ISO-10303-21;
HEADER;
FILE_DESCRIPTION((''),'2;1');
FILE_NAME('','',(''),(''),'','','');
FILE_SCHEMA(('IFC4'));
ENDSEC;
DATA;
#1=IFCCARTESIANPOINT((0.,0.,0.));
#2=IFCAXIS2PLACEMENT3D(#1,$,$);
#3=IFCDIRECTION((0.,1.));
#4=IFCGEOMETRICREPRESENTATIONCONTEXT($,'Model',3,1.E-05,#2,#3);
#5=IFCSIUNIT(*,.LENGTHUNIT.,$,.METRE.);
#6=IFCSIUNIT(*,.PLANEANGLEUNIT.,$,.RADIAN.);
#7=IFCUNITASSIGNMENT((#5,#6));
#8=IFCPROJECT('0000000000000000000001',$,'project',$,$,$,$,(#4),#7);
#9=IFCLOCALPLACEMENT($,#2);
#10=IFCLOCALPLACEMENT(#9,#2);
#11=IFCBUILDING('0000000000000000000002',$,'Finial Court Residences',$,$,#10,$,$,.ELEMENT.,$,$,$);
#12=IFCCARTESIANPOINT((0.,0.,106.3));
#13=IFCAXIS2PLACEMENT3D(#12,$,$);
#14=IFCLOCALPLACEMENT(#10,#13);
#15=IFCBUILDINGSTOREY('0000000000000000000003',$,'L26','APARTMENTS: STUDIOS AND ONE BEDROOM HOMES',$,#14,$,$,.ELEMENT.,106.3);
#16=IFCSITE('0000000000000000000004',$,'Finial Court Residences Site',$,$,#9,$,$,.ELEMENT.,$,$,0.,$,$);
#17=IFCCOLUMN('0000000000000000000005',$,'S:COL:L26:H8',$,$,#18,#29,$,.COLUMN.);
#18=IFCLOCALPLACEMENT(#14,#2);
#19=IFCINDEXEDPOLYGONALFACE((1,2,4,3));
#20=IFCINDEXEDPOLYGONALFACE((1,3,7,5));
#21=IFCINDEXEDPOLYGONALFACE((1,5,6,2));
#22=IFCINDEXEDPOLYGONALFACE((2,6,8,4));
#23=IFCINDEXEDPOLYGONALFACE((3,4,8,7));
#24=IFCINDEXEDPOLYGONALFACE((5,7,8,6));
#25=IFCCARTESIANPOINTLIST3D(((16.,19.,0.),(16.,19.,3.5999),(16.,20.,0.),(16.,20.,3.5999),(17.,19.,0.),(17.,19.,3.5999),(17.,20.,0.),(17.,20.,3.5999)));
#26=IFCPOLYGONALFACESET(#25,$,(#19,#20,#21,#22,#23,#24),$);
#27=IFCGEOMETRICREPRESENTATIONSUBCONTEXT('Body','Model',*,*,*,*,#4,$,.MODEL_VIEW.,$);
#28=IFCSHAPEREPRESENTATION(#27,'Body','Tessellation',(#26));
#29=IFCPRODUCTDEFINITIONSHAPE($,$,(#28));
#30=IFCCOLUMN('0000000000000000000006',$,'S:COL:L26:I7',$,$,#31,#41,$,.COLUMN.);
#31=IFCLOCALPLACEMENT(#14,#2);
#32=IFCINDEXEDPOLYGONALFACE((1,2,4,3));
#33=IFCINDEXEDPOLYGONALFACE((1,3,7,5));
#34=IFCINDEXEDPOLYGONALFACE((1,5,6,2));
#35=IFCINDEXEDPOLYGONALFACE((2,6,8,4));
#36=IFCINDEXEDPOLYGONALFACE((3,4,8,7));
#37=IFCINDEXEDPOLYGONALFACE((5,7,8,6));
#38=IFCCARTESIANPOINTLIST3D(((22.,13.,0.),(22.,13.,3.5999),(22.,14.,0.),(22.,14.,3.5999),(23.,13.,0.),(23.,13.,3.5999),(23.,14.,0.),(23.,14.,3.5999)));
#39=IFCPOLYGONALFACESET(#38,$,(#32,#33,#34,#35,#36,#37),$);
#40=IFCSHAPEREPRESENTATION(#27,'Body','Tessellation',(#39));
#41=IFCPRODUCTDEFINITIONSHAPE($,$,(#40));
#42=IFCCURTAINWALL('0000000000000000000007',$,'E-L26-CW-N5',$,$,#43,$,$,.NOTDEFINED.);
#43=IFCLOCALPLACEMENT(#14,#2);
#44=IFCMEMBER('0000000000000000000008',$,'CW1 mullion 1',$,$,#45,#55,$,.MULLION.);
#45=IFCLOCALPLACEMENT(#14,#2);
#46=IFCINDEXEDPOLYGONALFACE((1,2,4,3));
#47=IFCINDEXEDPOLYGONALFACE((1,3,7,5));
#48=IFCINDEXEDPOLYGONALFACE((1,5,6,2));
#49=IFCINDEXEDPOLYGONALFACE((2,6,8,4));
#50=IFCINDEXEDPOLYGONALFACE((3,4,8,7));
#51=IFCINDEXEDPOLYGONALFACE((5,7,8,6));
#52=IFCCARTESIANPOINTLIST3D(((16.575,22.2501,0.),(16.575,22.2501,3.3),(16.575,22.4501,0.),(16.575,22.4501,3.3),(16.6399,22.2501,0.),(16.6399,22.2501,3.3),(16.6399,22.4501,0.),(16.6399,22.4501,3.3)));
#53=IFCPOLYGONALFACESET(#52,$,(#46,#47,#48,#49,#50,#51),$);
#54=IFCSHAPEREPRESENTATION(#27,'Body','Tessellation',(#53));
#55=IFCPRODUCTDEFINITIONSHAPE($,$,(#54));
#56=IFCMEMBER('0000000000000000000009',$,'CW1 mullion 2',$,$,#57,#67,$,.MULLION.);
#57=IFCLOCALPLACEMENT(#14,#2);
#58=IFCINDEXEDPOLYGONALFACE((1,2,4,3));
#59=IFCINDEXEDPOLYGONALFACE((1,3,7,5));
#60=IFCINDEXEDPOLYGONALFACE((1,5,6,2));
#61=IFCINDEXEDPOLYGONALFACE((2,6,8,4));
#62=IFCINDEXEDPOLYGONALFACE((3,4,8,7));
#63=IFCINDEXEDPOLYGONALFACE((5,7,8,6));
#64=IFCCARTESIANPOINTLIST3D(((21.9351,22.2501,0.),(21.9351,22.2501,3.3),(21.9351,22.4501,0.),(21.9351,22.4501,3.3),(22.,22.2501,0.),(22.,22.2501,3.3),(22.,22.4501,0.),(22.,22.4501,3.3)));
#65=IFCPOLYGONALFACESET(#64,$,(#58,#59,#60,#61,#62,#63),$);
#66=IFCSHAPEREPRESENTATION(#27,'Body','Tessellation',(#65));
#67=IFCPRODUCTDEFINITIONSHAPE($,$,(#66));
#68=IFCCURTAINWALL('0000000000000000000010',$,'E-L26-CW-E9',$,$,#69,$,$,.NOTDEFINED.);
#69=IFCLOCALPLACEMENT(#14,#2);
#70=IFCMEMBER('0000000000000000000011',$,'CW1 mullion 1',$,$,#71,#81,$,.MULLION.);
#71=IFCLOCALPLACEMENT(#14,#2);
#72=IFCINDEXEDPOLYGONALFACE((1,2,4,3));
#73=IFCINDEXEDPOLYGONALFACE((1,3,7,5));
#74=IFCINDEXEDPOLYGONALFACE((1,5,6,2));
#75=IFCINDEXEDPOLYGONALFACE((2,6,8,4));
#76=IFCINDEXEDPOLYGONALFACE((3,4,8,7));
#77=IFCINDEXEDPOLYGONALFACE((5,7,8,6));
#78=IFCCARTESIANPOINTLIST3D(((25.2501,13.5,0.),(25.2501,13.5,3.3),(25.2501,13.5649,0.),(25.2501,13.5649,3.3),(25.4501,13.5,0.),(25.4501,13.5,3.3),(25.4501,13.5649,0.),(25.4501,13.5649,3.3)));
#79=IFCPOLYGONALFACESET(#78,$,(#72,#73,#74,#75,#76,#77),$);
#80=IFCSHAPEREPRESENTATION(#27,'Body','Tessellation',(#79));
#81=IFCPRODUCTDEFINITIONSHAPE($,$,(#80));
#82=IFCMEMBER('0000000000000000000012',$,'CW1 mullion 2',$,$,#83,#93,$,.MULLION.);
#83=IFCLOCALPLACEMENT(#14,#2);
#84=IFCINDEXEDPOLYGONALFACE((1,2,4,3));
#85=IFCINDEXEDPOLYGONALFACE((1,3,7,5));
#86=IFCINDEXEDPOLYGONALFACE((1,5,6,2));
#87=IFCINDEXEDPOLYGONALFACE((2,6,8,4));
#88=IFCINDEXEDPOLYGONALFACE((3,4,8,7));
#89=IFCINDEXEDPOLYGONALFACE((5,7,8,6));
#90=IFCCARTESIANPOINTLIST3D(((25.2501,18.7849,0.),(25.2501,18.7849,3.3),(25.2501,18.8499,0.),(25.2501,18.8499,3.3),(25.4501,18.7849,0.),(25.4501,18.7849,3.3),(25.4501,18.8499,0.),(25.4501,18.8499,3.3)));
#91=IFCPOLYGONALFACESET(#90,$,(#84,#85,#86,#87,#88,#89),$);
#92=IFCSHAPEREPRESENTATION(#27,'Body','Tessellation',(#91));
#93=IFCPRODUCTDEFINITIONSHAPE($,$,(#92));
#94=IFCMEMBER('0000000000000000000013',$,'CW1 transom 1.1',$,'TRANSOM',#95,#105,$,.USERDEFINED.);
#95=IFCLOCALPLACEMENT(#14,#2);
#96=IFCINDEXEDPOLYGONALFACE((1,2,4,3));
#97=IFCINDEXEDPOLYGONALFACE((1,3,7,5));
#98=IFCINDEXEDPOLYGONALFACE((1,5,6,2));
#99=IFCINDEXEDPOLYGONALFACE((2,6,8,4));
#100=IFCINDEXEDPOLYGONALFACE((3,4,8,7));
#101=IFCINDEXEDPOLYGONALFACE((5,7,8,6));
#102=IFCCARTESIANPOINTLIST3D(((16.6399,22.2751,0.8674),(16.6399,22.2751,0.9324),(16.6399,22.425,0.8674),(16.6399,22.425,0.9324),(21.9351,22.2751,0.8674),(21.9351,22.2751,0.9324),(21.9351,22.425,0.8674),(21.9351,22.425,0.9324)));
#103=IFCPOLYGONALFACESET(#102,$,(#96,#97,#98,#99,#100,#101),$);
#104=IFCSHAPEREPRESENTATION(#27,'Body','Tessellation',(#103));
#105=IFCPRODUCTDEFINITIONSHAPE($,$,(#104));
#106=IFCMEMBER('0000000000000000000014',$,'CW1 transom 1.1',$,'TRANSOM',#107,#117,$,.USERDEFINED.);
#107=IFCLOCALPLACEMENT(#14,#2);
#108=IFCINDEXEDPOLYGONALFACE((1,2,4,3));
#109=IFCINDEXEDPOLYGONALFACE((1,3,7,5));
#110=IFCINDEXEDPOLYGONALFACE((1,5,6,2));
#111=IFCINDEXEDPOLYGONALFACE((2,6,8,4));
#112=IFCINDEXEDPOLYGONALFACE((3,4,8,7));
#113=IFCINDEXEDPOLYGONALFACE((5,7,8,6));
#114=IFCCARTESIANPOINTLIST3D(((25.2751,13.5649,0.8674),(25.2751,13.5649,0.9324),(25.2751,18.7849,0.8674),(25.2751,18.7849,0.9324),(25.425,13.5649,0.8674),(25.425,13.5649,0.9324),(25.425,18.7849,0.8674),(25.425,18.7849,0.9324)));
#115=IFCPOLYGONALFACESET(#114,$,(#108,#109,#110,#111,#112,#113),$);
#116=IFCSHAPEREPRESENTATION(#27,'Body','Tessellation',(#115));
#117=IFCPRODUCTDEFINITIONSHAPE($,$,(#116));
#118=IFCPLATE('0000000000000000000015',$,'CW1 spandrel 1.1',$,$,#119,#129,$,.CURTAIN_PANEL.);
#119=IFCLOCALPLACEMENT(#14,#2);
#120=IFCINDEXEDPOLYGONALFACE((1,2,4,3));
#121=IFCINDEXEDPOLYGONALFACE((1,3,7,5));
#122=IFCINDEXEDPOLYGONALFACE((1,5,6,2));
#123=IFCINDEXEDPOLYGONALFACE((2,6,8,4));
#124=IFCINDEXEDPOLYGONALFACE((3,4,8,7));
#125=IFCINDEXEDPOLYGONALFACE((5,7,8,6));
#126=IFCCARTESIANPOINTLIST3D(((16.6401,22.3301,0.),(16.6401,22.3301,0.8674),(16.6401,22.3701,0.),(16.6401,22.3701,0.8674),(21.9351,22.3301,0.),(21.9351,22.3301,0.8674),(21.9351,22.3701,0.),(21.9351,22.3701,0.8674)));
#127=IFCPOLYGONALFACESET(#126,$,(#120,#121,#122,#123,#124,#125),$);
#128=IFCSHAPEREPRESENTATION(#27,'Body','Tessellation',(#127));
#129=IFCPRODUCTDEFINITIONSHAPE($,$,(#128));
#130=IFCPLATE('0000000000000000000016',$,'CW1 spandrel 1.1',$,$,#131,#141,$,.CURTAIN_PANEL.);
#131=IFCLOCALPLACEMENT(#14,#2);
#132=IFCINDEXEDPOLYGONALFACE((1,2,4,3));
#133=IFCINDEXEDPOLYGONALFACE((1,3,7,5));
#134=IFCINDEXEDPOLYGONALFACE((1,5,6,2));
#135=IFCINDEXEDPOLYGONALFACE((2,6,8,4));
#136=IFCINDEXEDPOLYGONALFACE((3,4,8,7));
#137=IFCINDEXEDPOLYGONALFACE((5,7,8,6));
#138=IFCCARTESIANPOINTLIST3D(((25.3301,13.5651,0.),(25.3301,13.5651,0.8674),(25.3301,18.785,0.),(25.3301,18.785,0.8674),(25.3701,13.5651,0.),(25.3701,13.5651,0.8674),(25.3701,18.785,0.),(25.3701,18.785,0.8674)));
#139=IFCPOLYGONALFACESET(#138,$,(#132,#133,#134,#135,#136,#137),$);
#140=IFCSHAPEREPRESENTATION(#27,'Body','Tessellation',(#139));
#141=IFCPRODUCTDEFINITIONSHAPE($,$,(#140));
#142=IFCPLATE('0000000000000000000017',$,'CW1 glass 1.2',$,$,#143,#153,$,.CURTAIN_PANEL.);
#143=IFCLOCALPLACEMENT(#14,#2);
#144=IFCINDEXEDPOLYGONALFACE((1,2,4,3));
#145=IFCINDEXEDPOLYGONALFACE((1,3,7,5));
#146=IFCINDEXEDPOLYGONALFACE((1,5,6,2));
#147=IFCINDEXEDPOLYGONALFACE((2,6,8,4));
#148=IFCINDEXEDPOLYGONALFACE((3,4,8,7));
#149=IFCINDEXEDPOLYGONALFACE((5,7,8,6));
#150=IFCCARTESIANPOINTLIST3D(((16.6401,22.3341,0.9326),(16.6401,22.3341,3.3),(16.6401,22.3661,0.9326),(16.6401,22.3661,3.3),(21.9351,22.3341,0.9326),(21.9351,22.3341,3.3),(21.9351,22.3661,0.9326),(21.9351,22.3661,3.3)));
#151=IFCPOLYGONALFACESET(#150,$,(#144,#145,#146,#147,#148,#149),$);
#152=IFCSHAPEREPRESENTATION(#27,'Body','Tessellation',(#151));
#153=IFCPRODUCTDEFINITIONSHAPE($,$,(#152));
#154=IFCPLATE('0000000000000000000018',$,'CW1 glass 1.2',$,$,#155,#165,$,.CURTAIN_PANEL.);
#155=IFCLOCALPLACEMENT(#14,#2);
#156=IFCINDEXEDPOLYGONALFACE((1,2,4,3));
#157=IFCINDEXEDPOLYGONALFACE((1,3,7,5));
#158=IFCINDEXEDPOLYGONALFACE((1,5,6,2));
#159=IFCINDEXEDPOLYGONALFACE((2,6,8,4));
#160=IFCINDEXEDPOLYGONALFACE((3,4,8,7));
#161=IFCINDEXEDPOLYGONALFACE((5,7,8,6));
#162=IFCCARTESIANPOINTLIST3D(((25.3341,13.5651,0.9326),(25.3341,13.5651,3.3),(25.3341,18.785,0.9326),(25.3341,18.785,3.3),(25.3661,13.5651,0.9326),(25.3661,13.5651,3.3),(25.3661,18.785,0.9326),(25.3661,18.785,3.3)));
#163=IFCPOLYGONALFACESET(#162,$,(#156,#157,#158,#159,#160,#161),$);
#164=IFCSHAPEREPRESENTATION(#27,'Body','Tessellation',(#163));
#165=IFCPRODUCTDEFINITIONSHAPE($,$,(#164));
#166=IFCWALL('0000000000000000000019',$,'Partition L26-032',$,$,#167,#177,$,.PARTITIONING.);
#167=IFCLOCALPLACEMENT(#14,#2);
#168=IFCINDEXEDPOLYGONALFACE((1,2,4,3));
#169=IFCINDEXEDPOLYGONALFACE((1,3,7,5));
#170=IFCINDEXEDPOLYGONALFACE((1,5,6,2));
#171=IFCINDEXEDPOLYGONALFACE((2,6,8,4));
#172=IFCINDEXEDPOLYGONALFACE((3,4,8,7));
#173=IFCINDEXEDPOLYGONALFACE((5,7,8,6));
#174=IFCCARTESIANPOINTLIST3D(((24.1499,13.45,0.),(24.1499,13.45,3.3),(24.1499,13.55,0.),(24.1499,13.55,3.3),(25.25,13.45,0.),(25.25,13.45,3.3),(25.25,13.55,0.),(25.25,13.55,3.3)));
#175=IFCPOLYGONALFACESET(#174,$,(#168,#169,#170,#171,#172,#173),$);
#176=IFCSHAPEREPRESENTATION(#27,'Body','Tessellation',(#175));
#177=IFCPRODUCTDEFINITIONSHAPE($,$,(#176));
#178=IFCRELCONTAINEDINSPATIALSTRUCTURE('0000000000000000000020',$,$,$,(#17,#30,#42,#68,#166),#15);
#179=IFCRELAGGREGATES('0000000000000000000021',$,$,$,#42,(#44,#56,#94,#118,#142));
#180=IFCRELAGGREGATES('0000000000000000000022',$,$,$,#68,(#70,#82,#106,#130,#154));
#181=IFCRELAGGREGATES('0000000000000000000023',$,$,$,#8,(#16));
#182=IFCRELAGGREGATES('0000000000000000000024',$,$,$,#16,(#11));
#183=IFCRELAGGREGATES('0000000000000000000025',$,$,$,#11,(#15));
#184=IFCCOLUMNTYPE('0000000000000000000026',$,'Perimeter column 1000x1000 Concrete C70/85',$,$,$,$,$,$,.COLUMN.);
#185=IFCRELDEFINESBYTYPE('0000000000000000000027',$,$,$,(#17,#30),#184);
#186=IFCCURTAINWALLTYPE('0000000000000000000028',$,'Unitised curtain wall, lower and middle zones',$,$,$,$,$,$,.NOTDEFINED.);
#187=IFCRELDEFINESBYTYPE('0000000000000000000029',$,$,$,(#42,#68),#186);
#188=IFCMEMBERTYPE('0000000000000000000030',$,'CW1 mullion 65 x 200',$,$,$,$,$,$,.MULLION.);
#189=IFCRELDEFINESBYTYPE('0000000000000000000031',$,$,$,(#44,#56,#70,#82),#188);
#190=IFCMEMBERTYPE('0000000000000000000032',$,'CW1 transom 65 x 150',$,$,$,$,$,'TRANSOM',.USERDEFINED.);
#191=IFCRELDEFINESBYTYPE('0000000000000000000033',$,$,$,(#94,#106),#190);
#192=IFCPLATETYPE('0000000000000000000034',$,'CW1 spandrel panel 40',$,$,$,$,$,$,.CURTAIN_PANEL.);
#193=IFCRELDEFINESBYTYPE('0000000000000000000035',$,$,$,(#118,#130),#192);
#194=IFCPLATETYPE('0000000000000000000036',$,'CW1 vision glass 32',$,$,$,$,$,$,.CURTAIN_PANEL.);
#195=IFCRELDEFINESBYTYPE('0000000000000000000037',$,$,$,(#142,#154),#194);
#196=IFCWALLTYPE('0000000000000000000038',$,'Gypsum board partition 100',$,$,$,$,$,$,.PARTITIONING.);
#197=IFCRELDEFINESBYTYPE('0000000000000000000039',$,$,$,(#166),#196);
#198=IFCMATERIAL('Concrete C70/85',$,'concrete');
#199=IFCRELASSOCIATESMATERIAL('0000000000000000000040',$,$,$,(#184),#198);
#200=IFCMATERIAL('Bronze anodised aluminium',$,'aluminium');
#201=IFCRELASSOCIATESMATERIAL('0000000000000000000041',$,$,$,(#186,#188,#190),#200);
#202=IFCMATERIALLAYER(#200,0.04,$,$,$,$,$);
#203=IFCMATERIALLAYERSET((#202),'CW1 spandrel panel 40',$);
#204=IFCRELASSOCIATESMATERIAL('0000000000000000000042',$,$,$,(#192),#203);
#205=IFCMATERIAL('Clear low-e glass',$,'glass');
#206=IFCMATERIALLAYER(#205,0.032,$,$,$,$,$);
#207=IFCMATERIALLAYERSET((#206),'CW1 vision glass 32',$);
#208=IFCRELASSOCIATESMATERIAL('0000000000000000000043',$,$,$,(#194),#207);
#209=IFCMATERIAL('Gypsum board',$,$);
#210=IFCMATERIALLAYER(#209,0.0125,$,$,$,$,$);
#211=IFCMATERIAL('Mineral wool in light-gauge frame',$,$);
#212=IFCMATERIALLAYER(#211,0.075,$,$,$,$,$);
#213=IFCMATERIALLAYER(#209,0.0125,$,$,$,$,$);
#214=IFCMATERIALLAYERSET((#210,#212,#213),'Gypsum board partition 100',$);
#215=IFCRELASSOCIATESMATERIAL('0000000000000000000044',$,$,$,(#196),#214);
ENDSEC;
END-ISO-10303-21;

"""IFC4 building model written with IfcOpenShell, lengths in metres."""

from ifc_helpers import new_model, si_unit, direction, frame, frame_2d, origin, origin_2d, place, context, subcontext, project, spatial, rectangle, extrude, material, layer, layer_set, material_profile, profile_set, type_object, element, aggregate, save


model = new_model("IFC4")

# Units and contexts
model_context = context("Model", 3, precision=1e-05, world=origin(), true_north=direction((0.0, 1.0)))
body_context = subcontext(model_context, "Body", "Model", "MODEL_VIEW")
ifc_project = project(units=[si_unit("LENGTHUNIT", "METRE"), si_unit("PLANEANGLEUNIT", "RADIAN")], contexts=[model_context])

# Site, building, storey
site_placement = place(None, origin())
site = spatial("IfcSite", under=ifc_project, at=site_placement, Name="Finial Court Residences Site", CompositionType="ELEMENT", RefElevation=0.0)
building_placement = place(site_placement, origin())
building = spatial("IfcBuilding", under=site, at=building_placement, Name="Finial Court Residences", CompositionType="ELEMENT")
storey_placement = place(building_placement, frame((0.0, 0.0, 106.3)))
storey = spatial("IfcBuildingStorey", under=building, at=storey_placement, Name="L26", Description="APARTMENTS: STUDIOS AND ONE BEDROOM HOMES", CompositionType="ELEMENT", Elevation=106.3)

# Columns
ifc_material_1 = material(Name="Concrete C70/85", Category="concrete")
ifc_material_profile_1 = material_profile(ifc_material_1, rectangle(XDim=1.0, YDim=1.0, at=origin_2d()), Name="1000x1000")
ifc_profile_set_1 = profile_set([ifc_material_profile_1], Name="Concrete C70/85")
column_type = type_object("IfcColumnType", Name="Perimeter column 1000x1000 Concrete C70/85", PredefinedType="COLUMN", material=ifc_profile_set_1)
for number, where, z_axis, x_axis, name in (
    (1, (16.5, 19.5, 0.0), (0.0, 0.0, 1.0), (1.0, 0.0, 0.0), "S:COL:L26:H8"),
    (2, (22.5, 13.5, 0.0), (0.0, 0.0, 1.0), (1.0, 0.0, 0.0), "S:COL:L26:I7"),
):
    element("IfcColumn", number, at=place(storey_placement, frame(where, z_axis=z_axis, x_axis=x_axis)), inside=storey, type_object=column_type, Name=name, PredefinedType="COLUMN", context=body_context, shape_type="SweptSolid", body=[
        extrude(rectangle(XDim=1.0, YDim=1.0, at=origin_2d()), origin(), (0.0, 0.0, 1.0), 3.5999),
    ])

# Curtain walls, members
ifc_material_2 = material(Name="Bronze anodised aluminium", Category="aluminium")
curtain_wall_type = type_object("IfcCurtainWallType", Name="Unitised curtain wall, lower and middle zones", PredefinedType="NOTDEFINED", material=ifc_material_2)
curtain_wall_1_placement = place(storey_placement, origin())
curtain_wall_1 = element("IfcCurtainWall", 3, at=curtain_wall_1_placement, inside=storey, type_object=curtain_wall_type, Name="E-L26-CW-N5", PredefinedType="NOTDEFINED")
ifc_material_profile_2 = material_profile(ifc_material_2, rectangle(XDim=0.2, YDim=0.0649, at=origin_2d()), Name="CW1 mullion 65 x 200")
ifc_profile_set_2 = profile_set([ifc_material_profile_2], Name="Bronze anodised aluminium")
member_type_1 = type_object("IfcMemberType", Name="CW1 mullion 65 x 200", PredefinedType="MULLION", material=ifc_profile_set_2)
member_1_placement = place(storey_placement, frame((16.6074, 22.3501, 0.0), z_axis=(0.0, 0.0, 1.0), x_axis=(0.0, 1.0, 0.0)))
member_1 = element("IfcMember", 4, at=member_1_placement, type_object=member_type_1, Name="CW1 mullion 1", PredefinedType="MULLION", context=body_context, shape_type="SweptSolid", body=[
    extrude(rectangle(XDim=0.2, YDim=0.0649, at=origin_2d()), origin(), (0.0, 0.0, 1.0), 3.3),
])
member_2_placement = place(storey_placement, frame((21.9675, 22.3501, 0.0), z_axis=(0.0, 0.0, 1.0), x_axis=(0.0, 1.0, 0.0)))
member_2 = element("IfcMember", 5, at=member_2_placement, type_object=member_type_1, Name="CW1 mullion 2", PredefinedType="MULLION", context=body_context, shape_type="SweptSolid", body=[
    extrude(rectangle(XDim=0.2, YDim=0.0649, at=origin_2d()), origin(), (0.0, 0.0, 1.0), 3.3),
])
curtain_wall_2_placement = place(storey_placement, origin())
curtain_wall_2 = element("IfcCurtainWall", 6, at=curtain_wall_2_placement, inside=storey, type_object=curtain_wall_type, Name="E-L26-CW-E9", PredefinedType="NOTDEFINED")
member_3_placement = place(storey_placement, frame((25.3501, 13.5325, 0.0), z_axis=(0.0, 0.0, 1.0), x_axis=(-1.0, 0.0, 0.0)))
member_3 = element("IfcMember", 7, at=member_3_placement, type_object=member_type_1, Name="CW1 mullion 1", PredefinedType="MULLION", context=body_context, shape_type="SweptSolid", body=[
    extrude(rectangle(XDim=0.2, YDim=0.0649, at=origin_2d()), origin(), (0.0, 0.0, 1.0), 3.3),
])
member_4_placement = place(storey_placement, frame((25.3501, 18.8174, 0.0), z_axis=(0.0, 0.0, 1.0), x_axis=(-1.0, 0.0, 0.0)))
member_4 = element("IfcMember", 8, at=member_4_placement, type_object=member_type_1, Name="CW1 mullion 2", PredefinedType="MULLION", context=body_context, shape_type="SweptSolid", body=[
    extrude(rectangle(XDim=0.2, YDim=0.0649, at=origin_2d()), origin(), (0.0, 0.0, 1.0), 3.3),
])

# Members
ifc_material_profile_3 = material_profile(ifc_material_2, rectangle(XDim=0.1499, YDim=0.0649, at=origin_2d()), Name="CW1 transom 65 x 150")
ifc_profile_set_3 = profile_set([ifc_material_profile_3], Name="Bronze anodised aluminium")
member_type_2 = type_object("IfcMemberType", Name="CW1 transom 65 x 150", ElementType="TRANSOM", PredefinedType="USERDEFINED", material=ifc_profile_set_3)
member_5_placement = place(storey_placement, frame((16.6399, 22.3501, 0.8999), z_axis=(1.0, 0.0, 0.0), x_axis=(0.0, 1.0, 0.0)))
member_5 = element("IfcMember", 9, at=member_5_placement, type_object=member_type_2, Name="CW1 transom 1.1", ObjectType="TRANSOM", PredefinedType="USERDEFINED", context=body_context, shape_type="SweptSolid", body=[
    extrude(rectangle(XDim=0.1499, YDim=0.0649, at=origin_2d()), origin(), (0.0, 0.0, 1.0), 5.2952),
])
member_6_placement = place(storey_placement, frame((25.3501, 13.5649, 0.8999), z_axis=(0.0, 1.0, 0.0), x_axis=(-1.0, 0.0, 0.0)))
member_6 = element("IfcMember", 10, at=member_6_placement, type_object=member_type_2, Name="CW1 transom 1.1", ObjectType="TRANSOM", PredefinedType="USERDEFINED", context=body_context, shape_type="SweptSolid", body=[
    extrude(rectangle(XDim=0.1499, YDim=0.0649, at=origin_2d()), origin(), (0.0, 0.0, 1.0), 5.22),
])

# Plates
ifc_layer_1 = layer(ifc_material_2, 0.04)
ifc_layer_set_1 = layer_set([ifc_layer_1], Name="CW1 spandrel panel 40")
plate_type_1 = type_object("IfcPlateType", Name="CW1 spandrel panel 40", PredefinedType="CURTAIN_PANEL", material=ifc_layer_set_1)
plate_1_placement = place(storey_placement, frame((19.2876, 22.3501, 0.0), z_axis=(0.0, 0.0, 1.0), x_axis=(1.0, 0.0, 0.0)))
plate_1 = element("IfcPlate", 11, at=plate_1_placement, type_object=plate_type_1, Name="CW1 spandrel 1.1", PredefinedType="CURTAIN_PANEL", context=body_context, shape_type="SweptSolid", body=[
    extrude(rectangle(XDim=5.2949, YDim=0.04, at=origin_2d()), origin(), (0.0, 0.0, 1.0), 0.8674),
])
plate_2_placement = place(storey_placement, frame((25.3501, 16.175, 0.0), z_axis=(0.0, 0.0, 1.0), x_axis=(0.0, 1.0, 0.0)))
plate_2 = element("IfcPlate", 12, at=plate_2_placement, type_object=plate_type_1, Name="CW1 spandrel 1.1", PredefinedType="CURTAIN_PANEL", context=body_context, shape_type="SweptSolid", body=[
    extrude(rectangle(XDim=5.22, YDim=0.04, at=origin_2d()), origin(), (0.0, 0.0, 1.0), 0.8674),
])
ifc_material_3 = material(Name="Clear low-e glass", Category="glass")
ifc_layer_2 = layer(ifc_material_3, 0.032)
ifc_layer_set_2 = layer_set([ifc_layer_2], Name="CW1 vision glass 32")
plate_type_2 = type_object("IfcPlateType", Name="CW1 vision glass 32", PredefinedType="CURTAIN_PANEL", material=ifc_layer_set_2)
plate_3_placement = place(storey_placement, frame((19.2876, 22.3501, 0.9326), z_axis=(0.0, 0.0, 1.0), x_axis=(1.0, 0.0, 0.0)))
plate_3 = element("IfcPlate", 13, at=plate_3_placement, type_object=plate_type_2, Name="CW1 glass 1.2", PredefinedType="CURTAIN_PANEL", context=body_context, shape_type="SweptSolid", body=[
    extrude(rectangle(XDim=5.2949, YDim=0.032, at=origin_2d()), origin(), (0.0, 0.0, 1.0), 2.3674),
])
aggregate(curtain_wall_1, [member_1, member_2, member_5, plate_1, plate_3])
plate_4_placement = place(storey_placement, frame((25.3501, 16.175, 0.9326), z_axis=(0.0, 0.0, 1.0), x_axis=(0.0, 1.0, 0.0)))
plate_4 = element("IfcPlate", 14, at=plate_4_placement, type_object=plate_type_2, Name="CW1 glass 1.2", PredefinedType="CURTAIN_PANEL", context=body_context, shape_type="SweptSolid", body=[
    extrude(rectangle(XDim=5.22, YDim=0.032, at=origin_2d()), origin(), (0.0, 0.0, 1.0), 2.3674),
])
aggregate(curtain_wall_2, [member_3, member_4, member_6, plate_2, plate_4])

# Wall
ifc_material_4 = material(Name="Gypsum board")
ifc_layer_3 = layer(ifc_material_4, 0.0125)
ifc_material_5 = material(Name="Mineral wool in light-gauge frame")
ifc_layer_4 = layer(ifc_material_5, 0.075)
ifc_layer_5 = layer(ifc_material_4, 0.0125)
ifc_layer_set_3 = layer_set([ifc_layer_3, ifc_layer_4, ifc_layer_5], Name="Gypsum board partition 100")
wall_type_1 = type_object("IfcWallType", Name="Gypsum board partition 100", PredefinedType="PARTITIONING", material=ifc_layer_set_3)
wall_1_placement = place(storey_placement, frame((24.1499, 13.5, 0.0), z_axis=(0.0, 0.0, 1.0), x_axis=(1.0, 0.0, 0.0)))
element("IfcWall", 15, at=wall_1_placement, inside=storey, type_object=wall_type_1, Name="Partition L26-032", PredefinedType="PARTITIONING", context=body_context, shape_type="SweptSolid", body=[
    extrude(rectangle(XDim=1.1001, YDim=0.1001, at=frame_2d((0.55, 0.0))), origin(), (0.0, 0.0, 1.0), 3.3),
])

save(model, "model.ifc")
